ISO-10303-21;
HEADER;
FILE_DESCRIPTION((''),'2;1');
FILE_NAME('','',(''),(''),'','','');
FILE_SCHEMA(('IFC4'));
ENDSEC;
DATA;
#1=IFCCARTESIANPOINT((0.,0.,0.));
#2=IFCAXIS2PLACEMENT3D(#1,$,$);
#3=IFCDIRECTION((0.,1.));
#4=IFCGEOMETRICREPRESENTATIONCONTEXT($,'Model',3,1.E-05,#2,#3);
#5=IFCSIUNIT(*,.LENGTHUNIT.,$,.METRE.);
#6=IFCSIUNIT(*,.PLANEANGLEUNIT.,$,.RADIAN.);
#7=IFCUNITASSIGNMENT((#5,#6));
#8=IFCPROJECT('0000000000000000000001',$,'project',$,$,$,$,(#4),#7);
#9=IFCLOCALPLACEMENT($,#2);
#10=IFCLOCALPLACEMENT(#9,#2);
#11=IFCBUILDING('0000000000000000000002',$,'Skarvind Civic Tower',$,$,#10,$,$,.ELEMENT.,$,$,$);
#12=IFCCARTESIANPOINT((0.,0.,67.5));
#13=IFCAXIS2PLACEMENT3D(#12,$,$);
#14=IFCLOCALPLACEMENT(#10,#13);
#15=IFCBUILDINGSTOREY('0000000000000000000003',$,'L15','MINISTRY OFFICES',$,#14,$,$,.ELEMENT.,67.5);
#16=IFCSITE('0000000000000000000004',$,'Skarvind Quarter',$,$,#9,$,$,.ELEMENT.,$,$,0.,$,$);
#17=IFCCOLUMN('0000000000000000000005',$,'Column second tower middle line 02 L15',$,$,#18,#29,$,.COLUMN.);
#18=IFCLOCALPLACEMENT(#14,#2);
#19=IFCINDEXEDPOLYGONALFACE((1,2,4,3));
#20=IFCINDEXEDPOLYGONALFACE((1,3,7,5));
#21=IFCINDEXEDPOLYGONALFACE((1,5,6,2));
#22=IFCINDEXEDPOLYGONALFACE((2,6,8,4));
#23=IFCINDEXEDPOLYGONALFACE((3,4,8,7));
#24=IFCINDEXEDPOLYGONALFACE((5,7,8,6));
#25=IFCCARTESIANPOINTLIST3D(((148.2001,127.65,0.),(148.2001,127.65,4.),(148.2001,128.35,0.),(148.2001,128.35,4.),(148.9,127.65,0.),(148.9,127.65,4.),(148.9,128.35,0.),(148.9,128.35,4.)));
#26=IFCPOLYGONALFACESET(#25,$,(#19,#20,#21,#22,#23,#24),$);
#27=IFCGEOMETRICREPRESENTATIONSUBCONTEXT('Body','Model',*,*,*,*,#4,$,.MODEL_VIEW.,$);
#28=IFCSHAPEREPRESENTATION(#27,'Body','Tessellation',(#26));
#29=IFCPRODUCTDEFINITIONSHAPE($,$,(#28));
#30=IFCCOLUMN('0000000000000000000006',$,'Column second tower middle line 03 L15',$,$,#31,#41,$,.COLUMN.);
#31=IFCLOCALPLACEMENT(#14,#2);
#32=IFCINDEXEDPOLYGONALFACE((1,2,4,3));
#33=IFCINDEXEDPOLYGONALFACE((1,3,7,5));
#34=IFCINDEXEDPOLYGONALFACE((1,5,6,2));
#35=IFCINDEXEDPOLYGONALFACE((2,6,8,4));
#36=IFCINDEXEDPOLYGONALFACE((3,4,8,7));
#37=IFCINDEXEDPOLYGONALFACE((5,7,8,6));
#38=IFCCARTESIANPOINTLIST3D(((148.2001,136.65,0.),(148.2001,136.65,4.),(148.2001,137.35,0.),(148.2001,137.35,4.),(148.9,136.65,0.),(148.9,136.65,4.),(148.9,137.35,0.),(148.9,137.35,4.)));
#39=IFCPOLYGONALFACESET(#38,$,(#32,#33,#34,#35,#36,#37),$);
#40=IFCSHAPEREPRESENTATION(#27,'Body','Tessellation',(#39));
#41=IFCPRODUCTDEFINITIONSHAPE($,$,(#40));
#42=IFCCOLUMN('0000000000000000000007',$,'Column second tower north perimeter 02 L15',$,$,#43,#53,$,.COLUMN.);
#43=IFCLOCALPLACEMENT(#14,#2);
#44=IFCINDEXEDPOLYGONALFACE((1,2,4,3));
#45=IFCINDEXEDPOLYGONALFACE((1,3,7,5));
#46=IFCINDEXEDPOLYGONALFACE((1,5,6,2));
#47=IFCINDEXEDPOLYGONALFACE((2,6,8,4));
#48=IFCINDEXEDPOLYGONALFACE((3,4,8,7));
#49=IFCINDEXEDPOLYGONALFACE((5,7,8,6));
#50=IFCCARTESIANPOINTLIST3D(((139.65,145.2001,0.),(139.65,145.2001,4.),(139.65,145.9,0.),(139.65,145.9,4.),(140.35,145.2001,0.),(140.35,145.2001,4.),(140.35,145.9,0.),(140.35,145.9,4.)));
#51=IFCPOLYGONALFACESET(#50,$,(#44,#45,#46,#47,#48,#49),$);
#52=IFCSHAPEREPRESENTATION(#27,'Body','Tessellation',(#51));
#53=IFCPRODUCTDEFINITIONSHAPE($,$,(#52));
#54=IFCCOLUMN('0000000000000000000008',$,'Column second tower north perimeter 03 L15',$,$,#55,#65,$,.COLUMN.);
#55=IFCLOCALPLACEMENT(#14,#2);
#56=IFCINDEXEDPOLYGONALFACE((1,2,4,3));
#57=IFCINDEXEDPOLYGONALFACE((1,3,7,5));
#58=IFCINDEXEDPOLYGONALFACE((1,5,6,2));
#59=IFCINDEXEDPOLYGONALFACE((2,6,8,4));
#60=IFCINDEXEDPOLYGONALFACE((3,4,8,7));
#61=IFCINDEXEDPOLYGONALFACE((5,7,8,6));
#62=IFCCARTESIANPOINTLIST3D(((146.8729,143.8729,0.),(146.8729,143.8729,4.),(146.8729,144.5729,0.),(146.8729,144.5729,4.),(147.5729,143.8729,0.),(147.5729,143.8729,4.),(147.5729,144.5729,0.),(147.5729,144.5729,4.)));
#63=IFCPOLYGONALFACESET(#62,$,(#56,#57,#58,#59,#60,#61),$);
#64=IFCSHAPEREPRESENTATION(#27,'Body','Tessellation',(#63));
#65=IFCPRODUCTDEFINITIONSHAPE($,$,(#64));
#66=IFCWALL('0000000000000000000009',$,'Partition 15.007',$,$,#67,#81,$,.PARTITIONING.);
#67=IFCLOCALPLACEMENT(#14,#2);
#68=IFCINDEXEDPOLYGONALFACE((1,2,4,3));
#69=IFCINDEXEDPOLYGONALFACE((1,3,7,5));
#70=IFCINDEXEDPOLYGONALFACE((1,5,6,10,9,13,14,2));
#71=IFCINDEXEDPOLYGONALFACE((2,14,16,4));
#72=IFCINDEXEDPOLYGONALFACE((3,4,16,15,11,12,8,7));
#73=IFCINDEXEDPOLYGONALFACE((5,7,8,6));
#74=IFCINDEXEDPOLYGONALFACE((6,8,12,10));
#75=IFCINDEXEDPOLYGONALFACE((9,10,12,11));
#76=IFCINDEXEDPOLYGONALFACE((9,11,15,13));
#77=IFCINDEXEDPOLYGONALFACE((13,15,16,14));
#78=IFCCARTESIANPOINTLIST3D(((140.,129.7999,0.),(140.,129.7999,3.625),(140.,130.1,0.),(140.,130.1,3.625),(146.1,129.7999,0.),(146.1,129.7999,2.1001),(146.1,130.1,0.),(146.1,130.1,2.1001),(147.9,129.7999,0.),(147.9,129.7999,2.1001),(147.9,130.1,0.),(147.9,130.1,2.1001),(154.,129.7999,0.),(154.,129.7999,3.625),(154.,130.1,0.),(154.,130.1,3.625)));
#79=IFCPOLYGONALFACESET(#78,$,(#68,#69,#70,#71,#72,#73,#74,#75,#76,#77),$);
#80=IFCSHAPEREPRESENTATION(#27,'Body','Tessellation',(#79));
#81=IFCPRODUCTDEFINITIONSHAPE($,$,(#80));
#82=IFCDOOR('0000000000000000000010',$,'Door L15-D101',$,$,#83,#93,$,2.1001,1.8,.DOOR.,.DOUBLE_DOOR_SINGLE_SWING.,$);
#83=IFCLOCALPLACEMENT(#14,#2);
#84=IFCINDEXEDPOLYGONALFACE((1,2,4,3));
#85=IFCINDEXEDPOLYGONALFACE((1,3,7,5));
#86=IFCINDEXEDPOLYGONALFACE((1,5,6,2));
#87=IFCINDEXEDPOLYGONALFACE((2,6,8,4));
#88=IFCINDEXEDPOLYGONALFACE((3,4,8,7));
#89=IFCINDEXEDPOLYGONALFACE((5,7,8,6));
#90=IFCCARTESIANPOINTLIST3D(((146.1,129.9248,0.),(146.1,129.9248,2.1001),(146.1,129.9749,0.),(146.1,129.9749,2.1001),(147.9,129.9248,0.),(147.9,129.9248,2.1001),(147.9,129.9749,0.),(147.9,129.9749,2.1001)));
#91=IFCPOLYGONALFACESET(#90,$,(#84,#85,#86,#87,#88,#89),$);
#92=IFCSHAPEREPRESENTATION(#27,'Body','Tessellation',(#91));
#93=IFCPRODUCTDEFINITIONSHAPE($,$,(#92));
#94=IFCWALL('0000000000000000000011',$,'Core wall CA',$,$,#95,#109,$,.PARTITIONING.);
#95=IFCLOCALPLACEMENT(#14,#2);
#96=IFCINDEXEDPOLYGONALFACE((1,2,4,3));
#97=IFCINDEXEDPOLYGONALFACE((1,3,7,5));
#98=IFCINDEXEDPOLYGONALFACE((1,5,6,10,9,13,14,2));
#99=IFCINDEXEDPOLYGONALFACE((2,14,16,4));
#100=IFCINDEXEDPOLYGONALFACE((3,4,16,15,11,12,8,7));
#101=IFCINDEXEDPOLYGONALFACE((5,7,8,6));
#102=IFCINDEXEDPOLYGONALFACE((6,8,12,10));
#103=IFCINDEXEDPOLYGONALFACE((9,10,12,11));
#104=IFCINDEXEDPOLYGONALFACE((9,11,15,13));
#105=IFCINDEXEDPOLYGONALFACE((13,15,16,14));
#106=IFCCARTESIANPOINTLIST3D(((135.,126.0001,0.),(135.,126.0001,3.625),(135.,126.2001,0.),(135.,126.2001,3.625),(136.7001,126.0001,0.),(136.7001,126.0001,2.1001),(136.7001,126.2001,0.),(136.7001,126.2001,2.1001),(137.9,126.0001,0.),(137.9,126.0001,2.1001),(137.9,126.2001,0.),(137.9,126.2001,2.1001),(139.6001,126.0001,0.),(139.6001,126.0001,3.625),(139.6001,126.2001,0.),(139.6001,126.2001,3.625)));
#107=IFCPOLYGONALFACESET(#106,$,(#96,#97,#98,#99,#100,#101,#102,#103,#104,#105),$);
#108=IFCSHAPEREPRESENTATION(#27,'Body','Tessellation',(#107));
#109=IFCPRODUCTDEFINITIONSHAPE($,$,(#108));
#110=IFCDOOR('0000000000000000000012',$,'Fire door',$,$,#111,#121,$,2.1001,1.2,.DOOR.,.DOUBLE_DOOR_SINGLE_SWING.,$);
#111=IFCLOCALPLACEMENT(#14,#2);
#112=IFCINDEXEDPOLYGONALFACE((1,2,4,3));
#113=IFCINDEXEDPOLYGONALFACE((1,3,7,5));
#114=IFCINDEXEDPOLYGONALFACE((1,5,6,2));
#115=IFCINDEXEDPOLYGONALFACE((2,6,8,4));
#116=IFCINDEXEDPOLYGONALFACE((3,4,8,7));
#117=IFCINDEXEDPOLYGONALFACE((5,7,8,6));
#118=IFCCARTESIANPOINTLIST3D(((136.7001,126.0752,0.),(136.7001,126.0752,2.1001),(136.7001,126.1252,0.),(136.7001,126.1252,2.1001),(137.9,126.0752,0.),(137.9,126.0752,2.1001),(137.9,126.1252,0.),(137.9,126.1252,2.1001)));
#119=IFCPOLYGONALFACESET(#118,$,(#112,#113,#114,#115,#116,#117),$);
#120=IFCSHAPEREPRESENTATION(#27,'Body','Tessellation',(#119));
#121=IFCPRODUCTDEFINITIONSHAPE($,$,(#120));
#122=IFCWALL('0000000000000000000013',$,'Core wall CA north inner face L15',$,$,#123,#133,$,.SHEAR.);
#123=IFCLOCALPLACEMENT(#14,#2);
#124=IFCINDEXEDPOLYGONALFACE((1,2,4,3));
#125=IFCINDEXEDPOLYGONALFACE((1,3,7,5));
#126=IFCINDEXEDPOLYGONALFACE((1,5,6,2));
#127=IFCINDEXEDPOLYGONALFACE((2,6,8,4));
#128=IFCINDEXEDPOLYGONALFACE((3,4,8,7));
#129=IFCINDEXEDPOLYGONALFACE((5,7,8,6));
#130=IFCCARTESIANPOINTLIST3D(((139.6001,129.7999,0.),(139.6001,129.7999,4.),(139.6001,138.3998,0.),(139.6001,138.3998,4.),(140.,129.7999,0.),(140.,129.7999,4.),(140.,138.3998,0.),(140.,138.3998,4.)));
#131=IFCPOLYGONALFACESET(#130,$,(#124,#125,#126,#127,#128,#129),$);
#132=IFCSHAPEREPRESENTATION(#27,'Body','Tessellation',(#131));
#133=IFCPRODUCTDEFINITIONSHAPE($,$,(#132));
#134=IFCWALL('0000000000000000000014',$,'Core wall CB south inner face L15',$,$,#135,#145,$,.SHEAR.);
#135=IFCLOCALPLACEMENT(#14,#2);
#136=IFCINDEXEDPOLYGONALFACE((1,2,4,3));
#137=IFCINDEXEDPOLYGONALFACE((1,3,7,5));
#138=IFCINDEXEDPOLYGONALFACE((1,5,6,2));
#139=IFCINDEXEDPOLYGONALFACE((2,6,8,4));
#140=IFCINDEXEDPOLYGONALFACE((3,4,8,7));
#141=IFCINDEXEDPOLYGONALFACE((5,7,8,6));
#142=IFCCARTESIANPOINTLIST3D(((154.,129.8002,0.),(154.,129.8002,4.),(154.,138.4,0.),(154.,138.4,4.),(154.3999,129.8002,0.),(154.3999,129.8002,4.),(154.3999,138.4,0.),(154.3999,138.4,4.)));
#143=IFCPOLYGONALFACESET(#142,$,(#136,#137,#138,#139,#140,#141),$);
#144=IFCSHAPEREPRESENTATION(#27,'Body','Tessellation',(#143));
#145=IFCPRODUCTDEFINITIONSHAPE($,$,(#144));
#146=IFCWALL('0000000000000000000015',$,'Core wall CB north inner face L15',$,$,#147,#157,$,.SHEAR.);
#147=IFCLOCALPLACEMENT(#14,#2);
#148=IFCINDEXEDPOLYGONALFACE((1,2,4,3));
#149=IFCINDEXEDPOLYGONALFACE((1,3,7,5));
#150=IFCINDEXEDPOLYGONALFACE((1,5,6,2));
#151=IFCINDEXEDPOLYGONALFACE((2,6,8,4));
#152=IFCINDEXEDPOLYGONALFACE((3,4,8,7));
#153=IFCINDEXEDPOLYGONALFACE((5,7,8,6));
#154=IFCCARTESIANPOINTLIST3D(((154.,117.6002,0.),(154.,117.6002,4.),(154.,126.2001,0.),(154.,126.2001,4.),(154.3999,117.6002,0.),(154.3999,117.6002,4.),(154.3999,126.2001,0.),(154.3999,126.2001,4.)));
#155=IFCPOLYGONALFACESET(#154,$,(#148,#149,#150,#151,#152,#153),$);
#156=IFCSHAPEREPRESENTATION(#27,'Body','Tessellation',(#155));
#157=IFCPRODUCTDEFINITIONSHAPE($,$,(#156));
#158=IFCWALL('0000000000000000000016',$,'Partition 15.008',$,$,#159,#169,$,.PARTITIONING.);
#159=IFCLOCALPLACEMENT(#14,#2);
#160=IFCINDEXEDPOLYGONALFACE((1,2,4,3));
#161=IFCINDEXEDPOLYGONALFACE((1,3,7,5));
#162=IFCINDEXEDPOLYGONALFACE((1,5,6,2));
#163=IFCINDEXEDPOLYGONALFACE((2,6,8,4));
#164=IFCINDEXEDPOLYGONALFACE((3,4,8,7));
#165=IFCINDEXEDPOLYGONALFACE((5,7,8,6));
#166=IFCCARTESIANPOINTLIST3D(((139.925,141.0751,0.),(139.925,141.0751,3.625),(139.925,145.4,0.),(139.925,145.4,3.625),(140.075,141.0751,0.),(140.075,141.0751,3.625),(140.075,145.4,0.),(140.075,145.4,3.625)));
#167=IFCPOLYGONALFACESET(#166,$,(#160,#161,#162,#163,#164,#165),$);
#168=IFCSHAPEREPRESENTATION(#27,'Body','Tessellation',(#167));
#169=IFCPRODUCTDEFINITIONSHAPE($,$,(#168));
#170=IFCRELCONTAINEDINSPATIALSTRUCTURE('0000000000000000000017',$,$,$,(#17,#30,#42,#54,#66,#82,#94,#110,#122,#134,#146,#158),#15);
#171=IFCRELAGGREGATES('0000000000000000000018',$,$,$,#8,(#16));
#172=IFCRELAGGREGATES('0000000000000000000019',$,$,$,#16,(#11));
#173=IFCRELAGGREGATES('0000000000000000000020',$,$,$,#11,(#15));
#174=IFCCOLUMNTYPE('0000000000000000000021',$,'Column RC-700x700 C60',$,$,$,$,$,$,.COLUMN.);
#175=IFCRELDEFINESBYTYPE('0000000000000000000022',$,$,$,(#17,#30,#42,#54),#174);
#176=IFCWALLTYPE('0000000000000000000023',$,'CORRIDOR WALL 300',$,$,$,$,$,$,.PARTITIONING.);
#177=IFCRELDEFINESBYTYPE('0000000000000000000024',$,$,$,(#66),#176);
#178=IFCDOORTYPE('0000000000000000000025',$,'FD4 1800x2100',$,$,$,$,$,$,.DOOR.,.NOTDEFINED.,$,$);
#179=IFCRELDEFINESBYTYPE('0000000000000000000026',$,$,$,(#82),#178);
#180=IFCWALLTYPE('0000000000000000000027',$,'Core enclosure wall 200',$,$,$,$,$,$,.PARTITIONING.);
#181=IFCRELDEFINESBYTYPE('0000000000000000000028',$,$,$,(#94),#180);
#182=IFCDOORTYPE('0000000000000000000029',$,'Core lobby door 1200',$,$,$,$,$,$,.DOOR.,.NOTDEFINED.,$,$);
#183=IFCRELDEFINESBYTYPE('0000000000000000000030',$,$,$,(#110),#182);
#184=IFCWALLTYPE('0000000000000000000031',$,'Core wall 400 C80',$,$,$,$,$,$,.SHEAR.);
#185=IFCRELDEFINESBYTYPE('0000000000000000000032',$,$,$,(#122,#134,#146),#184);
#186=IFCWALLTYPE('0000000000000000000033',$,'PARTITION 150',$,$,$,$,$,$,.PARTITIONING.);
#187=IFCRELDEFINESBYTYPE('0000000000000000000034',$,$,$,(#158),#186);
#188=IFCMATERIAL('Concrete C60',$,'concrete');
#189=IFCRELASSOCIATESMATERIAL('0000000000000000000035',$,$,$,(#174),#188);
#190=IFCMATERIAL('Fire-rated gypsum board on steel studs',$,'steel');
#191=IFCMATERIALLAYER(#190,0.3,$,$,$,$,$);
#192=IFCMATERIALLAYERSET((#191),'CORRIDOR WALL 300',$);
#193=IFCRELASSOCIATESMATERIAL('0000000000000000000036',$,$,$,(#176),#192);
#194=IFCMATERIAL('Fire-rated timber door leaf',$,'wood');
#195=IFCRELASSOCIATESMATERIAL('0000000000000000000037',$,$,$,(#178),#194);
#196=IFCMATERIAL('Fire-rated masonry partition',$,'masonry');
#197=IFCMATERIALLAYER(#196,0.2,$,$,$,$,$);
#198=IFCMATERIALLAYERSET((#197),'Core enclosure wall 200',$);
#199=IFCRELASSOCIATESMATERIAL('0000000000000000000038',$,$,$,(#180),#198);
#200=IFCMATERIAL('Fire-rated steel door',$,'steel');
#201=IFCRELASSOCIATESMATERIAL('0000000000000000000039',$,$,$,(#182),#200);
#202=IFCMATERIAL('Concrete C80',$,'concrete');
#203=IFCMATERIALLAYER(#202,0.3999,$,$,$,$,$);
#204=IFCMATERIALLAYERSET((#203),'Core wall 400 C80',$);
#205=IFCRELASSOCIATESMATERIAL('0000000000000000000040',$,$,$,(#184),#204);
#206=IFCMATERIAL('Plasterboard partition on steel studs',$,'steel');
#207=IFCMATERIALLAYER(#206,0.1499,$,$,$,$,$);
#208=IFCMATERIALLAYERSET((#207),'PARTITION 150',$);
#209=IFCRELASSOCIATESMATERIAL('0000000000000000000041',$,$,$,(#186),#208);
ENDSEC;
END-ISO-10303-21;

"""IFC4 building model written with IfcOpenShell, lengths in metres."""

from ifc_helpers import new_model, si_unit, direction, frame, frame_2d, origin, origin_2d, place, context, subcontext, project, spatial, rectangle, extrude, material, layer, layer_set, material_profile, profile_set, type_object, element, fill, save


model = new_model("IFC4")

# Units and contexts
model_context = context("Model", 3, precision=1e-05, world=origin(), true_north=direction((0.0, 1.0)))
body_context = subcontext(model_context, "Body", "Model", "MODEL_VIEW")
ifc_project = project(units=[si_unit("LENGTHUNIT", "METRE"), si_unit("PLANEANGLEUNIT", "RADIAN")], contexts=[model_context])

# Site, building, storey
site_placement = place(None, origin())
site = spatial("IfcSite", under=ifc_project, at=site_placement, Name="Skarvind Quarter", CompositionType="ELEMENT", RefElevation=0.0)
building_placement = place(site_placement, origin())
building = spatial("IfcBuilding", under=site, at=building_placement, Name="Skarvind Civic Tower", CompositionType="ELEMENT")
storey_placement = place(building_placement, frame((0.0, 0.0, 67.5)))
storey = spatial("IfcBuildingStorey", under=building, at=storey_placement, Name="L15", Description="MINISTRY OFFICES", CompositionType="ELEMENT", Elevation=67.5)

# Columns
ifc_material_1 = material(Name="Concrete C60", Category="concrete")
ifc_material_profile = material_profile(ifc_material_1, rectangle(XDim=0.7, YDim=0.7, at=origin_2d()), Name="RC-700x700")
ifc_profile_set = profile_set([ifc_material_profile], Name="Concrete C60")
column_type = type_object("IfcColumnType", Name="Column RC-700x700 C60", PredefinedType="COLUMN", material=ifc_profile_set)
for number, where, z_axis, x_axis, name in (
    (1, (148.55, 128.0, 0.0), (0.0, 0.0, 1.0), (1.0, 0.0, 0.0), "Column second tower middle line 02 L15"),
    (2, (148.55, 137.0, 0.0), (0.0, 0.0, 1.0), (1.0, 0.0, 0.0), "Column second tower middle line 03 L15"),
    (3, (140.0, 145.55, 0.0), (0.0, 0.0, 1.0), (1.0, 0.0, 0.0), "Column second tower north perimeter 02 L15"),
    (4, (147.2229, 144.2229, 0.0), (0.0, 0.0, 1.0), (1.0, 0.0, 0.0), "Column second tower north perimeter 03 L15"),
):
    element("IfcColumn", number, at=place(storey_placement, frame(where, z_axis=z_axis, x_axis=x_axis)), inside=storey, type_object=column_type, Name=name, PredefinedType="COLUMN", context=body_context, shape_type="SweptSolid", body=[
        extrude(rectangle(XDim=0.7, YDim=0.7, at=origin_2d()), origin(), (0.0, 0.0, 1.0), 4.0),
    ])

# Walls, openings, doors
ifc_material_2 = material(Name="Fire-rated gypsum board on steel studs", Category="steel")
ifc_layer_1 = layer(ifc_material_2, 0.3)
ifc_layer_set_1 = layer_set([ifc_layer_1], Name="CORRIDOR WALL 300")
wall_type_1 = type_object("IfcWallType", Name="CORRIDOR WALL 300", PredefinedType="PARTITIONING", material=ifc_layer_set_1)
wall_1_placement = place(storey_placement, frame((140.0, 129.95, 0.0), z_axis=(0.0, 0.0, 1.0), x_axis=(1.0, 0.0, 0.0)))
wall_1 = element("IfcWall", 5, at=wall_1_placement, inside=storey, type_object=wall_type_1, Name="Partition 15.007", PredefinedType="PARTITIONING", context=body_context, shape_type="SweptSolid", body=[
    extrude(rectangle(XDim=14.0, YDim=0.3, at=frame_2d((7.0, 0.0))), origin(), (0.0, 0.0, 1.0), 3.625),
])
opening_1_placement = place(wall_1_placement, frame((6.1001, 0.0, 0.0)))
opening_1 = element("IfcOpeningElement", 6, at=opening_1_placement, cuts=wall_1, PredefinedType="OPENING", context=body_context, shape_type="SweptSolid", body=[
    extrude(rectangle(XDim=1.8, YDim=2.1001, at=frame_2d((0.8999, 1.05))), frame((0.0, 0.1599, 0.0), z_axis=(0.0, -1.0, 0.0), x_axis=(1.0, 0.0, 0.0)), (0.0, 0.0, 1.0), 0.3201),
])
ifc_material_3 = material(Name="Fire-rated timber door leaf", Category="wood")
door_type_1 = type_object("IfcDoorType", Name="FD4 1800x2100", OperationType="NOTDEFINED", PredefinedType="DOOR", material=ifc_material_3)
door_1_placement = place(opening_1_placement, origin())
door_1 = element("IfcDoor", 7, at=door_1_placement, inside=storey, type_object=door_type_1, Name="Door L15-D101", OperationType="DOUBLE_DOOR_SINGLE_SWING", OverallHeight=2.1001, OverallWidth=1.8, PredefinedType="DOOR", context=body_context, shape_type="SweptSolid", body=[
    extrude(rectangle(XDim=1.8, YDim=2.1001, at=frame_2d((0.8999, 1.05))), frame((0.0, 0.0249, 0.0), z_axis=(0.0, -1.0, 0.0), x_axis=(1.0, 0.0, 0.0)), (0.0, 0.0, 1.0), 0.05),
])
fill(opening_1, door_1)
ifc_material_4 = material(Name="Fire-rated masonry partition", Category="masonry")
ifc_layer_2 = layer(ifc_material_4, 0.2)
ifc_layer_set_2 = layer_set([ifc_layer_2], Name="Core enclosure wall 200")
wall_type_2 = type_object("IfcWallType", Name="Core enclosure wall 200", PredefinedType="PARTITIONING", material=ifc_layer_set_2)
wall_2_placement = place(storey_placement, frame((139.6001, 126.1001, 0.0), z_axis=(0.0, 0.0, 1.0), x_axis=(-1.0, 0.0, 0.0)))
wall_2 = element("IfcWall", 8, at=wall_2_placement, inside=storey, type_object=wall_type_2, Name="Core wall CA", PredefinedType="PARTITIONING", context=body_context, shape_type="SweptSolid", body=[
    extrude(rectangle(XDim=4.6001, YDim=0.2, at=frame_2d((2.3, 0.0))), origin(), (0.0, 0.0, 1.0), 3.625),
])
opening_2_placement = place(wall_2_placement, frame((1.7, 0.0, 0.0)))
opening_2 = element("IfcOpeningElement", 9, at=opening_2_placement, cuts=wall_2, PredefinedType="OPENING", context=body_context, shape_type="SweptSolid", body=[
    extrude(rectangle(XDim=1.2, YDim=2.1001, at=frame_2d((0.6001, 1.05))), frame((0.0, 0.1099, 0.0), z_axis=(0.0, -1.0, 0.0), x_axis=(1.0, 0.0, 0.0)), (0.0, 0.0, 1.0), 0.22),
])
ifc_material_5 = material(Name="Fire-rated steel door", Category="steel")
door_type_2 = type_object("IfcDoorType", Name="Core lobby door 1200", OperationType="NOTDEFINED", PredefinedType="DOOR", material=ifc_material_5)
door_2_placement = place(opening_2_placement, origin())
door_2 = element("IfcDoor", 10, at=door_2_placement, inside=storey, type_object=door_type_2, Name="Fire door", OperationType="DOUBLE_DOOR_SINGLE_SWING", OverallHeight=2.1001, OverallWidth=1.2, PredefinedType="DOOR", context=body_context, shape_type="SweptSolid", body=[
    extrude(rectangle(XDim=1.2, YDim=2.1001, at=frame_2d((0.6001, 1.05))), frame((0.0, 0.0249, 0.0), z_axis=(0.0, -1.0, 0.0), x_axis=(1.0, 0.0, 0.0)), (0.0, 0.0, 1.0), 0.05),
])
fill(opening_2, door_2)

# Walls
ifc_material_6 = material(Name="Concrete C80", Category="concrete")
ifc_layer_3 = layer(ifc_material_6, 0.3999)
ifc_layer_set_3 = layer_set([ifc_layer_3], Name="Core wall 400 C80")
wall_type_3 = type_object("IfcWallType", Name="Core wall 400 C80", PredefinedType="SHEAR", material=ifc_layer_set_3)
for number, where, z_axis, x_axis, name in (
    (11, (139.8, 129.8, 0.0), (0.0, 0.0, 1.0), (0.0, 1.0, 0.0), "Core wall CA north inner face L15"),
    (12, (154.2, 138.3999, 0.0), (0.0, 0.0, 1.0), (0.0, -1.0, 0.0), "Core wall CB south inner face L15"),
    (13, (154.2, 126.2, 0.0), (0.0, 0.0, 1.0), (0.0, -1.0, 0.0), "Core wall CB north inner face L15"),
):
    element("IfcWall", number, at=place(storey_placement, frame(where, z_axis=z_axis, x_axis=x_axis)), inside=storey, type_object=wall_type_3, Name=name, PredefinedType="SHEAR", context=body_context, shape_type="SweptSolid", body=[
        extrude(rectangle(XDim=8.5999, YDim=0.3999, at=frame_2d((4.2998, 0.0))), origin(), (0.0, 0.0, 1.0), 4.0),
    ])
ifc_material_7 = material(Name="Plasterboard partition on steel studs", Category="steel")
ifc_layer_4 = layer(ifc_material_7, 0.1499)
ifc_layer_set_4 = layer_set([ifc_layer_4], Name="PARTITION 150")
wall_type_4 = type_object("IfcWallType", Name="PARTITION 150", PredefinedType="PARTITIONING", material=ifc_layer_set_4)
wall_3_placement = place(storey_placement, frame((140.0, 141.075, 0.0), z_axis=(0.0, 0.0, 1.0), x_axis=(0.0, 1.0, 0.0)))
element("IfcWall", 14, at=wall_3_placement, inside=storey, type_object=wall_type_4, Name="Partition 15.008", PredefinedType="PARTITIONING", context=body_context, shape_type="SweptSolid", body=[
    extrude(rectangle(XDim=4.325, YDim=0.1499, at=frame_2d((2.1626, 0.0))), origin(), (0.0, 0.0, 1.0), 3.625),
])

save(model, "model.ifc")
